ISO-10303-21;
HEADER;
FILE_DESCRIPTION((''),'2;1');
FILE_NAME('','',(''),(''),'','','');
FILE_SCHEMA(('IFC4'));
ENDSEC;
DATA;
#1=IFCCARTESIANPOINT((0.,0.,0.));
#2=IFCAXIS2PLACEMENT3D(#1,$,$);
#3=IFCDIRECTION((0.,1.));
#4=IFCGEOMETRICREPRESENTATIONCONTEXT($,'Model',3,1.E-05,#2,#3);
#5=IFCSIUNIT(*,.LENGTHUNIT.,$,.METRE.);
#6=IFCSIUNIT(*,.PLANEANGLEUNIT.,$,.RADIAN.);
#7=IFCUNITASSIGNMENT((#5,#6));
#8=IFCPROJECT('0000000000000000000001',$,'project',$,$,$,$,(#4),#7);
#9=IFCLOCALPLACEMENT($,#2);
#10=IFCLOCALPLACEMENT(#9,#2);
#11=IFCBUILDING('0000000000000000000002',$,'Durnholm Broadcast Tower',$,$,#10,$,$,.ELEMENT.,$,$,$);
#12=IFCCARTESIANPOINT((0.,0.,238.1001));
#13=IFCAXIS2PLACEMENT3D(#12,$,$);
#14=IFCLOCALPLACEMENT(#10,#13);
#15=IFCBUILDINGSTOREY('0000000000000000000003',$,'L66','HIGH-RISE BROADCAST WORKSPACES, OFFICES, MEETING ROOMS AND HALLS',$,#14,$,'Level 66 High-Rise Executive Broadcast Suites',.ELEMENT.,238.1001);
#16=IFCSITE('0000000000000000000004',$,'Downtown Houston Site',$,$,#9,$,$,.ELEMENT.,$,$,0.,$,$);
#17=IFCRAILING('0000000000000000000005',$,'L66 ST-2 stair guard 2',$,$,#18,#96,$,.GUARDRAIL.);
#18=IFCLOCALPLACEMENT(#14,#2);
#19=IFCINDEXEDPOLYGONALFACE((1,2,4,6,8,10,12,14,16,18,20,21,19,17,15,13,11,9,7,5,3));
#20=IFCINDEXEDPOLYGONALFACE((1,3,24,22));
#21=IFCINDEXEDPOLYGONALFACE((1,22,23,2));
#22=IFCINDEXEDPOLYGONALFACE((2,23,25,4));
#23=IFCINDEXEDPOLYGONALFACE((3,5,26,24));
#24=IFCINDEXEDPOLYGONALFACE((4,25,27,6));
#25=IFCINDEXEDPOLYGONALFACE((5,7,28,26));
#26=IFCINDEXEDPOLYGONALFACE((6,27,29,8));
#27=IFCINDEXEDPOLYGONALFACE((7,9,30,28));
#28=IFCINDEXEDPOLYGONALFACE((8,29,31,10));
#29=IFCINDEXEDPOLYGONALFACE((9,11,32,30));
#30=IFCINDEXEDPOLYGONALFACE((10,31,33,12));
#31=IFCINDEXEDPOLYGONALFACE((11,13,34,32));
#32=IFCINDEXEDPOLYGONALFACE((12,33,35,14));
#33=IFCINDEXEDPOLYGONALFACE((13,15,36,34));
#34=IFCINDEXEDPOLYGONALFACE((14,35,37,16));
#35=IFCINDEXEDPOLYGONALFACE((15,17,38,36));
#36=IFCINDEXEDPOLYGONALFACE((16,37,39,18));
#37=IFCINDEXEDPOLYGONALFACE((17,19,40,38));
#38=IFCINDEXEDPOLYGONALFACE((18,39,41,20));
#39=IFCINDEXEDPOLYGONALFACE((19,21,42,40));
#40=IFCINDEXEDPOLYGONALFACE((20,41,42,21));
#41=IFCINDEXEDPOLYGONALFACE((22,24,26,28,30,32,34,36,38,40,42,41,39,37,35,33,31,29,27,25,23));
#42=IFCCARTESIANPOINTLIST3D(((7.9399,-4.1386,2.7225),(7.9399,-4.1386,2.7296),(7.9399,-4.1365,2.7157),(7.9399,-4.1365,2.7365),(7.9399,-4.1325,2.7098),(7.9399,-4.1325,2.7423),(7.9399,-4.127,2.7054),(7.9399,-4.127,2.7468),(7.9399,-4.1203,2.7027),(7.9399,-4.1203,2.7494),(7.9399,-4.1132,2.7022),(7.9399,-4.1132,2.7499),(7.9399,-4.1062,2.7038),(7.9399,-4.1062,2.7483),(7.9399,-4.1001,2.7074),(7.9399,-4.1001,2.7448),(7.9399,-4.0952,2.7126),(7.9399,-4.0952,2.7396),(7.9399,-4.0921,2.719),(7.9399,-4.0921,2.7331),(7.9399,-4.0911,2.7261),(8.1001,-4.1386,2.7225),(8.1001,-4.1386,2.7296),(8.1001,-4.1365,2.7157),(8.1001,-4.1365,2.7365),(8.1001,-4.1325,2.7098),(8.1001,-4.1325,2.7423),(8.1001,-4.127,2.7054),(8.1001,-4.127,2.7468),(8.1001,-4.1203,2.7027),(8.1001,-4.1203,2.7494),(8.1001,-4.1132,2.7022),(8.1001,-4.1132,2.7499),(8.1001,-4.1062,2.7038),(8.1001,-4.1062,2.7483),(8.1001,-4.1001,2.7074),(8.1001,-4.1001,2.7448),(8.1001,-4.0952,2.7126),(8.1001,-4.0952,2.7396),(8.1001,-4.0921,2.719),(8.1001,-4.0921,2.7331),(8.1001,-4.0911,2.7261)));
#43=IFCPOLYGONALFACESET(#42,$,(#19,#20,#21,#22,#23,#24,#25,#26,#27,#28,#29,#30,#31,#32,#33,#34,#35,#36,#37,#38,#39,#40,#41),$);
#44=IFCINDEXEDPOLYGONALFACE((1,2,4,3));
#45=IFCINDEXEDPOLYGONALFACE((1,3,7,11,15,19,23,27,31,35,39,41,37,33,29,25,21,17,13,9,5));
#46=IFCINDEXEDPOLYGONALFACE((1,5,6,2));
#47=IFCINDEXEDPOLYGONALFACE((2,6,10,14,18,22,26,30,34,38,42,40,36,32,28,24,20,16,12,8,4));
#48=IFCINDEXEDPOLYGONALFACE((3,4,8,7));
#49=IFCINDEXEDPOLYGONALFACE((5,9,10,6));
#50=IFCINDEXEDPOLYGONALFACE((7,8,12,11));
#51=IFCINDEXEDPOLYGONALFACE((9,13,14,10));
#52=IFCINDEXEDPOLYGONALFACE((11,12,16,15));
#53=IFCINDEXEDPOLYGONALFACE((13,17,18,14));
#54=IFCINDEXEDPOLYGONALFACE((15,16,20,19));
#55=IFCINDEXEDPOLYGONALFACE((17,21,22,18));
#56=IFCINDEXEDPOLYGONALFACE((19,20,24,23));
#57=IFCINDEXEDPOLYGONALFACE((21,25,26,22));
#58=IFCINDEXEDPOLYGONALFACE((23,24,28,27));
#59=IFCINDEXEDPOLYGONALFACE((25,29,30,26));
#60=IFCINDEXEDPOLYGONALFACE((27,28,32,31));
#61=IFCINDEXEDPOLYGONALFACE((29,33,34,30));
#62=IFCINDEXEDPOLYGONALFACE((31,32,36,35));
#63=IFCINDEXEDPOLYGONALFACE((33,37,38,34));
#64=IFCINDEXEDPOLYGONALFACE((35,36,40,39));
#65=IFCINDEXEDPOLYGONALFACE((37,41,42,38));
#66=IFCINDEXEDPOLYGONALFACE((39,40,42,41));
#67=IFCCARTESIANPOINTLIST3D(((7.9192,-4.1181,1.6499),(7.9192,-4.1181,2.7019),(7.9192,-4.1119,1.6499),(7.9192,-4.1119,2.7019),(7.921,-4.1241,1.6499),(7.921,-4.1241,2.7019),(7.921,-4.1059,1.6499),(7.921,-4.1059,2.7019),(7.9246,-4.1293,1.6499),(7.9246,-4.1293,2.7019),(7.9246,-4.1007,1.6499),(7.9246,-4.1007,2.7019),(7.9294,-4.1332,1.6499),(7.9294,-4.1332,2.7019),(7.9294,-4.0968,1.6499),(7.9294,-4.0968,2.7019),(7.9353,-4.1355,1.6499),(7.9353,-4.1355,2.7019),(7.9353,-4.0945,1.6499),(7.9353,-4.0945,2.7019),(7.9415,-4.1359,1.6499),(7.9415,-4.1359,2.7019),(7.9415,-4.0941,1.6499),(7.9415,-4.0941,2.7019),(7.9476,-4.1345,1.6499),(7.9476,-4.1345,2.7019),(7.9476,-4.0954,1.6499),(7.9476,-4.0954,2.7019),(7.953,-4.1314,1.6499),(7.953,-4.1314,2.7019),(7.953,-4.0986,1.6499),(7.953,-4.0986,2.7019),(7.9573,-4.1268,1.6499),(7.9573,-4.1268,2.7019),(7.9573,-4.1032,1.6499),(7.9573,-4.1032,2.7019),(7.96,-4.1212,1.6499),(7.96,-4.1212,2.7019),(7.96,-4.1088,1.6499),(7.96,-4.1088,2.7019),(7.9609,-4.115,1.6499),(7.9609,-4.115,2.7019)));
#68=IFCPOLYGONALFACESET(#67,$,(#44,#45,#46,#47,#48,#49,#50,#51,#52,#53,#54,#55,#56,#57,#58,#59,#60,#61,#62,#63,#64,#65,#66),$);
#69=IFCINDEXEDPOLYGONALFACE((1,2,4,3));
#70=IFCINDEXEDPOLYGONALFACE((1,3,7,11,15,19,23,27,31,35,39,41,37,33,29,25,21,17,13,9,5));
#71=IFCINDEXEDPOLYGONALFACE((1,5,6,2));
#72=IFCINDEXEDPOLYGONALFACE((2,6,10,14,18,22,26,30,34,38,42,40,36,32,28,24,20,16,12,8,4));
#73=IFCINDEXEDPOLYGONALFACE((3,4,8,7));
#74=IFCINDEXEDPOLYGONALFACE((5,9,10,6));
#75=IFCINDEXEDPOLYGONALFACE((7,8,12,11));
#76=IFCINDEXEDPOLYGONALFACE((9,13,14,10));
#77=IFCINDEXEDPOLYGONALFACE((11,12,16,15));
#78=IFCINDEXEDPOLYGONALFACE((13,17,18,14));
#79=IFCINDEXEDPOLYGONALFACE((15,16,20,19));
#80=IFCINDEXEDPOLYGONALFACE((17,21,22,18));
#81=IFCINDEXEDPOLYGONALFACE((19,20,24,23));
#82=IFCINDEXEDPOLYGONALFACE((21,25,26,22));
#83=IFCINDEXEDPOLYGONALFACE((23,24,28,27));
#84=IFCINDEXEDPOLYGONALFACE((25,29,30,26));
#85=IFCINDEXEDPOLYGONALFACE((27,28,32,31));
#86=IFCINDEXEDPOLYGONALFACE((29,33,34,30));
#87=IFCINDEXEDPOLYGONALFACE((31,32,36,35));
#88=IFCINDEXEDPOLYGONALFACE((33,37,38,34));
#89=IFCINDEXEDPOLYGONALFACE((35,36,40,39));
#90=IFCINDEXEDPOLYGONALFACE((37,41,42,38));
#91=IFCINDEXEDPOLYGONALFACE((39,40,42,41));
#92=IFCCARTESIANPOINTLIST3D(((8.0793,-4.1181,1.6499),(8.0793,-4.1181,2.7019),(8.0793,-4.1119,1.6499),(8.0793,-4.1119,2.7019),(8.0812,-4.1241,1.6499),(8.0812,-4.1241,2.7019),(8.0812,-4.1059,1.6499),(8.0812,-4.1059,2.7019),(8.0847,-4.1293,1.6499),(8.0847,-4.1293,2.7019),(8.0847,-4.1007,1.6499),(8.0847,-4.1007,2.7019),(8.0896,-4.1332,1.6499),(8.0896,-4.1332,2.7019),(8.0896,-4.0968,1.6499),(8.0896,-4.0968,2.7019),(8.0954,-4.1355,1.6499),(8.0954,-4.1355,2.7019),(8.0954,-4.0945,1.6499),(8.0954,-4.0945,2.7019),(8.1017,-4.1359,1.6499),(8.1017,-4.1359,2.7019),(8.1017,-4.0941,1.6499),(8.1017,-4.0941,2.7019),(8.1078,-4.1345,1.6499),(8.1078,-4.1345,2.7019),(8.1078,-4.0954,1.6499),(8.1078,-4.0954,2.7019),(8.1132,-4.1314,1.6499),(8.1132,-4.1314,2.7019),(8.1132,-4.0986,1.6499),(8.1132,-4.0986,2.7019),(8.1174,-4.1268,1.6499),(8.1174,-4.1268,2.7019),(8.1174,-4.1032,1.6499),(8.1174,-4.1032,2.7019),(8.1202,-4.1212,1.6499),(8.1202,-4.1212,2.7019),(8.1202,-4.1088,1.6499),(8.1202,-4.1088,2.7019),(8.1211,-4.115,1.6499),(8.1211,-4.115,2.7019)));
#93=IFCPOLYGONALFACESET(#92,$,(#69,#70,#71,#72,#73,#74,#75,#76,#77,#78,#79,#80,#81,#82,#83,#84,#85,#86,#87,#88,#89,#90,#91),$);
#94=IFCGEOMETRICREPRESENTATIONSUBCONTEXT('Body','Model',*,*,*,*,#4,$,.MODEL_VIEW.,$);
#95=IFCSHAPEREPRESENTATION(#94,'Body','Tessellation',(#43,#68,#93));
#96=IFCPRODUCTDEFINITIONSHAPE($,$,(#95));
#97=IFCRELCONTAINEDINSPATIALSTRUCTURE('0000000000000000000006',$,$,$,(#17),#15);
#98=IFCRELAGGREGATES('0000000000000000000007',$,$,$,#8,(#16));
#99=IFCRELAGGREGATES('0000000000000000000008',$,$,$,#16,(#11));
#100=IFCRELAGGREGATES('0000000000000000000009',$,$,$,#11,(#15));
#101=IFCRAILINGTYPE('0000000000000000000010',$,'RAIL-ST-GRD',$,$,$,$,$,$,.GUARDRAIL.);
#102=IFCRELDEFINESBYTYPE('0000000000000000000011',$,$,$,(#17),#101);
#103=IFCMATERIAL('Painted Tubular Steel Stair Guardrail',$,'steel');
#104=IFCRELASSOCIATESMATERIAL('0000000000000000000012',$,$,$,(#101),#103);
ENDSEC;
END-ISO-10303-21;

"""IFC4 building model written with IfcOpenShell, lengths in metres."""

from ifc_helpers import new_model, si_unit, direction, frame, origin, origin_2d, place, context, subcontext, project, spatial, circle, extrude, material, type_object, element, save


model = new_model("IFC4")

# Units and contexts
model_context = context("Model", 3, precision=1e-05, world=origin(), true_north=direction((0.0, 1.0)))
body_context = subcontext(model_context, "Body", "Model", "MODEL_VIEW")
ifc_project = project(units=[si_unit("LENGTHUNIT", "METRE"), si_unit("PLANEANGLEUNIT", "RADIAN")], contexts=[model_context])

# Site, building, storey
site_placement = place(None, origin())
site = spatial("IfcSite", under=ifc_project, at=site_placement, Name="Downtown Houston Site", CompositionType="ELEMENT", RefElevation=0.0)
building_placement = place(site_placement, origin())
building = spatial("IfcBuilding", under=site, at=building_placement, Name="Durnholm Broadcast Tower", CompositionType="ELEMENT")
storey_placement = place(building_placement, frame((0.0, 0.0, 238.1001)))
storey = spatial("IfcBuildingStorey", under=building, at=storey_placement, Name="L66", Description="HIGH-RISE BROADCAST WORKSPACES, OFFICES, MEETING ROOMS AND HALLS", LongName="Level 66 High-Rise Executive Broadcast Suites", CompositionType="ELEMENT", Elevation=238.1001)

# Railing
ifc_material_1 = material(Name="Painted Tubular Steel Stair Guardrail", Category="steel")
railing_type_1 = type_object("IfcRailingType", Name="RAIL-ST-GRD", PredefinedType="GUARDRAIL", material=ifc_material_1)
railing_1_placement = place(storey_placement, frame((7.9399, -4.115, 1.6499)))
element("IfcRailing", 1, at=railing_1_placement, inside=storey, type_object=railing_type_1, Name="L66 ST-2 stair guard 2", PredefinedType="GUARDRAIL", context=body_context, shape_type="SweptSolid", body=[
    extrude(circle(Radius=0.0239, at=origin_2d()), frame((0.0, 0.0, 1.0762), z_axis=(1.0, 0.0, 0.0), x_axis=(0.0, 1.0, 0.0)), (0.0, 0.0, 1.0), 0.1602),
    extrude(circle(Radius=0.021, at=origin_2d()), origin(), (0.0, 0.0, 1.0), 1.052),
    extrude(circle(Radius=0.021, at=origin_2d()), frame((0.1602, 0.0, 0.0)), (0.0, 0.0, 1.0), 1.052),
])

save(model, "model.ifc")
